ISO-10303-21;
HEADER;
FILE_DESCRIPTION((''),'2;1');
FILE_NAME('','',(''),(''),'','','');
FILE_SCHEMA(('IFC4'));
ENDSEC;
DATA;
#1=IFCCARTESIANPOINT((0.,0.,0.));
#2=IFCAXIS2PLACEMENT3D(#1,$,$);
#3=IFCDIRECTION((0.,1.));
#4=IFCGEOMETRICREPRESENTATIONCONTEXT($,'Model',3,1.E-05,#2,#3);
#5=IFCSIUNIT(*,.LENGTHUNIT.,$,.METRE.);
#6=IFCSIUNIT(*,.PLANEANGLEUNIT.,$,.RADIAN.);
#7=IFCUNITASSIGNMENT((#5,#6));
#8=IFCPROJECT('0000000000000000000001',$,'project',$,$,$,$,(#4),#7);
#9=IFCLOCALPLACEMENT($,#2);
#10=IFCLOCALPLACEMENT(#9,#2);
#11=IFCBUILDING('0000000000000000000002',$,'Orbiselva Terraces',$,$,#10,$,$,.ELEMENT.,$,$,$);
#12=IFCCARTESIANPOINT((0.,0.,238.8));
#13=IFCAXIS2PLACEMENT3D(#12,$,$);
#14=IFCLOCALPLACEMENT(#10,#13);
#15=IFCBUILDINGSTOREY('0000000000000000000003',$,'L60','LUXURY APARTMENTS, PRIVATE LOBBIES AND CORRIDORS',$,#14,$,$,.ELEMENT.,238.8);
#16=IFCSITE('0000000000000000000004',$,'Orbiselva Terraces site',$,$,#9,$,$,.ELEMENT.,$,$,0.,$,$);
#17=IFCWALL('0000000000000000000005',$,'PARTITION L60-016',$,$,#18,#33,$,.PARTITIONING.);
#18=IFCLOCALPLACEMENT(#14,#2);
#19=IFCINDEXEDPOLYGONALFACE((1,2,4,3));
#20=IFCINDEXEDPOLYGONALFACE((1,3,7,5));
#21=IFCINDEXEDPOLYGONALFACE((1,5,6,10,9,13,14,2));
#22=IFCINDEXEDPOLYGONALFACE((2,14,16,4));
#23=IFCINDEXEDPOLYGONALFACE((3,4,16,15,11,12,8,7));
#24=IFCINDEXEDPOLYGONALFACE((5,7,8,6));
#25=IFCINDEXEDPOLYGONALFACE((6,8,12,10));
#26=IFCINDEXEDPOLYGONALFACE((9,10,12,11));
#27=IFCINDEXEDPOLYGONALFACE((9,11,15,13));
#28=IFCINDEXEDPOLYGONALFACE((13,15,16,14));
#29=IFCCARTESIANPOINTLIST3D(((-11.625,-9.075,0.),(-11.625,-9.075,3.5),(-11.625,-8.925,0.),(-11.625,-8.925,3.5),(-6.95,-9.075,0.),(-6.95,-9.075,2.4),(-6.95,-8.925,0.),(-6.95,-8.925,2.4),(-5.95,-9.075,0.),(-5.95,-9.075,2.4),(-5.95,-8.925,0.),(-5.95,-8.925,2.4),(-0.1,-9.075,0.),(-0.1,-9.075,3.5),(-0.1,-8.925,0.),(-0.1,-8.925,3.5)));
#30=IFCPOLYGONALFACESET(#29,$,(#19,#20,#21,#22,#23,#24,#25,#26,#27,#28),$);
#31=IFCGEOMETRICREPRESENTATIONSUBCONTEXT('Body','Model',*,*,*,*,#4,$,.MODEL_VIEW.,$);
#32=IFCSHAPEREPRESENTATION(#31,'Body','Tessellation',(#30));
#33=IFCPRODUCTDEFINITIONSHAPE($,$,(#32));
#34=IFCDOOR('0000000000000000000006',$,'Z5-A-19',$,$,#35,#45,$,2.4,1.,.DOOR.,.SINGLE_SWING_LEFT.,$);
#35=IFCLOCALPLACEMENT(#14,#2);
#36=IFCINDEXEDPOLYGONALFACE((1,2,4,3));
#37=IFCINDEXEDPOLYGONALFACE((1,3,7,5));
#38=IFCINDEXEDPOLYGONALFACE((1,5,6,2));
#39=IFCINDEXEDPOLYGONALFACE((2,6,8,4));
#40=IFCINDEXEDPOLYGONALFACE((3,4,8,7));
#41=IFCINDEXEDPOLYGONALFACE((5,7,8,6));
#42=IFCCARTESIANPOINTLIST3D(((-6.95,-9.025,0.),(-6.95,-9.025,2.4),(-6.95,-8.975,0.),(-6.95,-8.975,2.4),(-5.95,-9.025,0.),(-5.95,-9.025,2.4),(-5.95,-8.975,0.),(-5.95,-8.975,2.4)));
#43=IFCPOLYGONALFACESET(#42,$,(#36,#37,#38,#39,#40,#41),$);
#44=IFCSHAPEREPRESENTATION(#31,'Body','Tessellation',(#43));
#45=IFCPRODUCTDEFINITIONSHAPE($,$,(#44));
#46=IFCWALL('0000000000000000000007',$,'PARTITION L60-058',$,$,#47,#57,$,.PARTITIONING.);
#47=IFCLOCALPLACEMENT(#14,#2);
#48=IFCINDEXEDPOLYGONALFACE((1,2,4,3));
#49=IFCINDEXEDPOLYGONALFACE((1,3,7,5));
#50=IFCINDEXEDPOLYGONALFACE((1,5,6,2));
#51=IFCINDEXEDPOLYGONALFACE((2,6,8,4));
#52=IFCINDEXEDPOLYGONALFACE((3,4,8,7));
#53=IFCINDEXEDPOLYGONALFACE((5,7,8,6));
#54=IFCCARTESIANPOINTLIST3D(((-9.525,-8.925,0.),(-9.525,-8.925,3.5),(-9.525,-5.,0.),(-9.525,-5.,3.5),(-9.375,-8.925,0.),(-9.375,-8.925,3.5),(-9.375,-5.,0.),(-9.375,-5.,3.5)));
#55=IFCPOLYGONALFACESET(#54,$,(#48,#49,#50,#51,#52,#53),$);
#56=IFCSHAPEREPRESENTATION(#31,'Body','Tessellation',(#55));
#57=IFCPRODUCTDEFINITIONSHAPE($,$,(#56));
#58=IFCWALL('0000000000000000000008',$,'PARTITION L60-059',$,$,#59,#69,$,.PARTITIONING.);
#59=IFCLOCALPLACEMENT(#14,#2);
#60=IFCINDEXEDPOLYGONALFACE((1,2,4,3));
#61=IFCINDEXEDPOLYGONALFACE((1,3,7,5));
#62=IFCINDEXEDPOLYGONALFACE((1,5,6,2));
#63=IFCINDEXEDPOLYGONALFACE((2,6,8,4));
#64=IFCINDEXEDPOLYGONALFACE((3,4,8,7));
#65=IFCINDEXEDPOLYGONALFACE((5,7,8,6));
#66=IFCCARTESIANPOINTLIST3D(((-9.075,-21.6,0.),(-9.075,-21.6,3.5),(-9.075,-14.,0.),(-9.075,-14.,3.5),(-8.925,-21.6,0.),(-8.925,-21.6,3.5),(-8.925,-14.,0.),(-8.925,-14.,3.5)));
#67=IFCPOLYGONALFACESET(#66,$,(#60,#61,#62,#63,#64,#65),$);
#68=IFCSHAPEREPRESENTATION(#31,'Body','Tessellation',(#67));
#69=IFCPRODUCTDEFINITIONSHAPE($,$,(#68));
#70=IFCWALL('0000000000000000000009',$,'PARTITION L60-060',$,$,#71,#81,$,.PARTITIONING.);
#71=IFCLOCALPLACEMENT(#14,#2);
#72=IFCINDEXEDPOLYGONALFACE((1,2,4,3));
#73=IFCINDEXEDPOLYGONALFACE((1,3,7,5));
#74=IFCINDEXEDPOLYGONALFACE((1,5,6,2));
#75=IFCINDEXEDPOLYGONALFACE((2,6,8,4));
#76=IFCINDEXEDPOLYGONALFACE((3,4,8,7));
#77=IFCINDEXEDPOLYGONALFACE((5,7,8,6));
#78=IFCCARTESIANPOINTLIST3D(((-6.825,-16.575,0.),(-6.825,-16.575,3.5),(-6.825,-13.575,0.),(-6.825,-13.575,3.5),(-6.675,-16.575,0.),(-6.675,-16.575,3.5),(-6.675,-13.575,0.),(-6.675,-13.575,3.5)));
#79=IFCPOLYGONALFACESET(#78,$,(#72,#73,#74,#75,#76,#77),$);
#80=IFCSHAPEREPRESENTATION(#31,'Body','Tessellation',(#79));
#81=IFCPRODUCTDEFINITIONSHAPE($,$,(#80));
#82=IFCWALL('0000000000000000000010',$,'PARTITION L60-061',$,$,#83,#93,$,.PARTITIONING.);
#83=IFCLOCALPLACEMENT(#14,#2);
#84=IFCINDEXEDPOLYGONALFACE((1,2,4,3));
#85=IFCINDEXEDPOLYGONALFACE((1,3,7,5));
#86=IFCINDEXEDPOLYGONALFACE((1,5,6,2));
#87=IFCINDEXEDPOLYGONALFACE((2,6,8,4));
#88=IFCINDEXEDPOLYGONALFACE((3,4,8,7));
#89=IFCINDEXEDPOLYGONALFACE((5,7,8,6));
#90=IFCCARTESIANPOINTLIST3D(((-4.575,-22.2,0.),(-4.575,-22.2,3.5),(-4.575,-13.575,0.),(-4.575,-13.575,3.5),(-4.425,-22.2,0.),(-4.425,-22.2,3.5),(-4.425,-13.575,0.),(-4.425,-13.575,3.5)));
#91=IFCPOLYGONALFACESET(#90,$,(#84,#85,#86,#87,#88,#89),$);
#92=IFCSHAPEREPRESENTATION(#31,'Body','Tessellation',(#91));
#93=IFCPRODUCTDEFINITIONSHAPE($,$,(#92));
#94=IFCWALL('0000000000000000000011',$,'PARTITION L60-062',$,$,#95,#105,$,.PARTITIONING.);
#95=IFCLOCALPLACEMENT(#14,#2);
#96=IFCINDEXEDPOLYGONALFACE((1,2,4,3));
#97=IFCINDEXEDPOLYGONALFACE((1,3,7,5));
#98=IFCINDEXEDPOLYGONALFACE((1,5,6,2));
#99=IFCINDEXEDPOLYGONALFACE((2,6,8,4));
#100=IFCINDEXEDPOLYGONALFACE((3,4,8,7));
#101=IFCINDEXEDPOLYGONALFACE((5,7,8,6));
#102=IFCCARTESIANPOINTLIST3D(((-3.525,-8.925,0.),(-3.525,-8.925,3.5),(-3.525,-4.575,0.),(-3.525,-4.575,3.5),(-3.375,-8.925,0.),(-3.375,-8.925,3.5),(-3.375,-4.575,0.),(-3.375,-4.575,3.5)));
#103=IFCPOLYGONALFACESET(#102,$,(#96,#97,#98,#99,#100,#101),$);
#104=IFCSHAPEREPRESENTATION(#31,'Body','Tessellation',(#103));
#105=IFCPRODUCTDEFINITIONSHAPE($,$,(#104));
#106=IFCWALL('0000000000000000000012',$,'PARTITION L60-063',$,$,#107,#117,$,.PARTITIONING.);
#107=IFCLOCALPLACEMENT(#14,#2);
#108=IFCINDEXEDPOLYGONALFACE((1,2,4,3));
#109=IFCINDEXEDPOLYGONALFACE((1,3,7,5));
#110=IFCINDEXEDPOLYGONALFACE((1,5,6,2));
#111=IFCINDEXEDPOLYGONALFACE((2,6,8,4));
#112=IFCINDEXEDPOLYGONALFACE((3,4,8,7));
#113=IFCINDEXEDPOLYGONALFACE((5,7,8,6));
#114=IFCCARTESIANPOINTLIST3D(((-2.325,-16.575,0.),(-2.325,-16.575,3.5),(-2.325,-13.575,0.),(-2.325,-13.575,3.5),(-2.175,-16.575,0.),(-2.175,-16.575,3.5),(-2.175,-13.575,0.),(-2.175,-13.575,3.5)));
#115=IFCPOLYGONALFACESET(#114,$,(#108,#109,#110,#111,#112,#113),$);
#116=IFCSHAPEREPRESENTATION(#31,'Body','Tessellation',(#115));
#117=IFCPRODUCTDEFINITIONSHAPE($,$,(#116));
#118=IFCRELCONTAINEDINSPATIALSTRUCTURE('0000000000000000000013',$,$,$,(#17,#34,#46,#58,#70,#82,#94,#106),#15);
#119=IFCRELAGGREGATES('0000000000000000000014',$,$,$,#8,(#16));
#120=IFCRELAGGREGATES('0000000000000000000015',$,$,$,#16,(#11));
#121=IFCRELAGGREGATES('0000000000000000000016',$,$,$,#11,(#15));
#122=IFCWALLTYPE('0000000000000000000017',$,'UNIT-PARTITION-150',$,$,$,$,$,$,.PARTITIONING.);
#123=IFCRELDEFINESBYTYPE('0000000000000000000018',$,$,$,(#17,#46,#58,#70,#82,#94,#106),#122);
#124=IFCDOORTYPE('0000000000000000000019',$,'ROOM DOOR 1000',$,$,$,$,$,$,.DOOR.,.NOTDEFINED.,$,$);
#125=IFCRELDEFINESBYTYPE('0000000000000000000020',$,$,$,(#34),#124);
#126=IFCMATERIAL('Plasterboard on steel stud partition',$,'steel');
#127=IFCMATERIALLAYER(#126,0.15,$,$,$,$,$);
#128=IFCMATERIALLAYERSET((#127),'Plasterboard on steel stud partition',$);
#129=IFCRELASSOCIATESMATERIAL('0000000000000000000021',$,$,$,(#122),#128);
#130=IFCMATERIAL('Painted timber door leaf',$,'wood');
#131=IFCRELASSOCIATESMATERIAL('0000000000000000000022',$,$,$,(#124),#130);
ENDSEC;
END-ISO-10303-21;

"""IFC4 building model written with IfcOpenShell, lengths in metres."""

from ifc_helpers import new_model, si_unit, direction, frame, frame_2d, origin, place, context, subcontext, project, spatial, rectangle, extrude, material, layer, layer_set, type_object, element, fill, save


model = new_model("IFC4")

# Units and contexts
model_context = context("Model", 3, precision=1e-05, world=origin(), true_north=direction((0.0, 1.0)))
body_context = subcontext(model_context, "Body", "Model", "MODEL_VIEW")
ifc_project = project(units=[si_unit("LENGTHUNIT", "METRE"), si_unit("PLANEANGLEUNIT", "RADIAN")], contexts=[model_context])

# Site, building, storey
site_placement = place(None, origin())
site = spatial("IfcSite", under=ifc_project, at=site_placement, Name="Orbiselva Terraces site", CompositionType="ELEMENT", RefElevation=0.0)
building_placement = place(site_placement, origin())
building = spatial("IfcBuilding", under=site, at=building_placement, Name="Orbiselva Terraces", CompositionType="ELEMENT")
storey_placement = place(building_placement, frame((0.0, 0.0, 238.8)))
storey = spatial("IfcBuildingStorey", under=building, at=storey_placement, Name="L60", Description="LUXURY APARTMENTS, PRIVATE LOBBIES AND CORRIDORS", CompositionType="ELEMENT", Elevation=238.8)

# Shared definitions
ifc_material_1 = material(Name="Plasterboard on steel stud partition", Category="steel")
ifc_layer_1 = layer(ifc_material_1, 0.15)
ifc_layer_set_1 = layer_set([ifc_layer_1], Name="Plasterboard on steel stud partition")
wall_type_1 = type_object("IfcWallType", Name="UNIT-PARTITION-150", PredefinedType="PARTITIONING", material=ifc_layer_set_1)
ifc_material_2 = material(Name="Painted timber door leaf", Category="wood")

# Shared definitions
door_type_1 = type_object("IfcDoorType", Name="ROOM DOOR 1000", OperationType="NOTDEFINED", PredefinedType="DOOR", material=ifc_material_2)

# Wall, opening, door
wall_1_placement = place(storey_placement, frame((-11.625, -9.0, 0.0), z_axis=(0.0, 0.0, 1.0), x_axis=(1.0, 0.0, 0.0)))
wall_1 = element("IfcWall", 1, at=wall_1_placement, inside=storey, type_object=wall_type_1, Name="PARTITION L60-016", PredefinedType="PARTITIONING", context=body_context, shape_type="SweptSolid", body=[
    extrude(rectangle(XDim=11.525, YDim=0.15, at=frame_2d((5.7625, 0.0))), origin(), (0.0, 0.0, 1.0), 3.5),
])
opening_1_placement = place(wall_1_placement, frame((4.675, 0.0, 0.0)))
opening_1 = element("IfcOpeningElement", 2, at=opening_1_placement, cuts=wall_1, PredefinedType="OPENING", context=body_context, shape_type="SweptSolid", body=[
    extrude(rectangle(XDim=1.0, YDim=2.4, at=frame_2d((0.5, 1.2))), frame((0.0, 0.085, 0.0), z_axis=(0.0, -1.0, 0.0), x_axis=(1.0, 0.0, 0.0)), (0.0, 0.0, 1.0), 0.17),
])
door_1_placement = place(opening_1_placement, origin())
door_1 = element("IfcDoor", 3, at=door_1_placement, inside=storey, type_object=door_type_1, Name="Z5-A-19", OperationType="SINGLE_SWING_LEFT", OverallHeight=2.4, OverallWidth=1.0, PredefinedType="DOOR", context=body_context, shape_type="SweptSolid", body=[
    extrude(rectangle(XDim=1.0, YDim=2.4, at=frame_2d((0.5, 1.2))), frame((0.0, 0.025, 0.0), z_axis=(0.0, -1.0, 0.0), x_axis=(1.0, 0.0, 0.0)), (0.0, 0.0, 1.0), 0.05),
])
fill(opening_1, door_1)

# Walls
wall_2_placement = place(storey_placement, frame((-9.45, -8.925, 0.0), z_axis=(0.0, 0.0, 1.0), x_axis=(0.0, 1.0, 0.0)))
element("IfcWall", 4, at=wall_2_placement, inside=storey, type_object=wall_type_1, Name="PARTITION L60-058", PredefinedType="PARTITIONING", context=body_context, shape_type="SweptSolid", body=[
    extrude(rectangle(XDim=3.925, YDim=0.15, at=frame_2d((1.9625, 0.0))), origin(), (0.0, 0.0, 1.0), 3.5),
])
wall_3_placement = place(storey_placement, frame((-9.0, -21.6, 0.0), z_axis=(0.0, 0.0, 1.0), x_axis=(0.0, 1.0, 0.0)))
element("IfcWall", 5, at=wall_3_placement, inside=storey, type_object=wall_type_1, Name="PARTITION L60-059", PredefinedType="PARTITIONING", context=body_context, shape_type="SweptSolid", body=[
    extrude(rectangle(XDim=7.6, YDim=0.15, at=frame_2d((3.8, 0.0))), origin(), (0.0, 0.0, 1.0), 3.5),
])
wall_4_placement = place(storey_placement, frame((-6.75, -16.575, 0.0), z_axis=(0.0, 0.0, 1.0), x_axis=(0.0, 1.0, 0.0)))
element("IfcWall", 6, at=wall_4_placement, inside=storey, type_object=wall_type_1, Name="PARTITION L60-060", PredefinedType="PARTITIONING", context=body_context, shape_type="SweptSolid", body=[
    extrude(rectangle(XDim=3.0, YDim=0.15, at=frame_2d((1.5, 0.0))), origin(), (0.0, 0.0, 1.0), 3.5),
])
wall_5_placement = place(storey_placement, frame((-4.5, -22.2, 0.0), z_axis=(0.0, 0.0, 1.0), x_axis=(0.0, 1.0, 0.0)))
element("IfcWall", 7, at=wall_5_placement, inside=storey, type_object=wall_type_1, Name="PARTITION L60-061", PredefinedType="PARTITIONING", context=body_context, shape_type="SweptSolid", body=[
    extrude(rectangle(XDim=8.625, YDim=0.15, at=frame_2d((4.3125, 0.0))), origin(), (0.0, 0.0, 1.0), 3.5),
])
wall_6_placement = place(storey_placement, frame((-3.45, -8.925, 0.0), z_axis=(0.0, 0.0, 1.0), x_axis=(0.0, 1.0, 0.0)))
element("IfcWall", 8, at=wall_6_placement, inside=storey, type_object=wall_type_1, Name="PARTITION L60-062", PredefinedType="PARTITIONING", context=body_context, shape_type="SweptSolid", body=[
    extrude(rectangle(XDim=4.35, YDim=0.15, at=frame_2d((2.175, 0.0))), origin(), (0.0, 0.0, 1.0), 3.5),
])
wall_7_placement = place(storey_placement, frame((-2.25, -16.575, 0.0), z_axis=(0.0, 0.0, 1.0), x_axis=(0.0, 1.0, 0.0)))
element("IfcWall", 9, at=wall_7_placement, inside=storey, type_object=wall_type_1, Name="PARTITION L60-063", PredefinedType="PARTITIONING", context=body_context, shape_type="SweptSolid", body=[
    extrude(rectangle(XDim=3.0, YDim=0.15, at=frame_2d((1.5, 0.0))), origin(), (0.0, 0.0, 1.0), 3.5),
])

save(model, "model.ifc")
